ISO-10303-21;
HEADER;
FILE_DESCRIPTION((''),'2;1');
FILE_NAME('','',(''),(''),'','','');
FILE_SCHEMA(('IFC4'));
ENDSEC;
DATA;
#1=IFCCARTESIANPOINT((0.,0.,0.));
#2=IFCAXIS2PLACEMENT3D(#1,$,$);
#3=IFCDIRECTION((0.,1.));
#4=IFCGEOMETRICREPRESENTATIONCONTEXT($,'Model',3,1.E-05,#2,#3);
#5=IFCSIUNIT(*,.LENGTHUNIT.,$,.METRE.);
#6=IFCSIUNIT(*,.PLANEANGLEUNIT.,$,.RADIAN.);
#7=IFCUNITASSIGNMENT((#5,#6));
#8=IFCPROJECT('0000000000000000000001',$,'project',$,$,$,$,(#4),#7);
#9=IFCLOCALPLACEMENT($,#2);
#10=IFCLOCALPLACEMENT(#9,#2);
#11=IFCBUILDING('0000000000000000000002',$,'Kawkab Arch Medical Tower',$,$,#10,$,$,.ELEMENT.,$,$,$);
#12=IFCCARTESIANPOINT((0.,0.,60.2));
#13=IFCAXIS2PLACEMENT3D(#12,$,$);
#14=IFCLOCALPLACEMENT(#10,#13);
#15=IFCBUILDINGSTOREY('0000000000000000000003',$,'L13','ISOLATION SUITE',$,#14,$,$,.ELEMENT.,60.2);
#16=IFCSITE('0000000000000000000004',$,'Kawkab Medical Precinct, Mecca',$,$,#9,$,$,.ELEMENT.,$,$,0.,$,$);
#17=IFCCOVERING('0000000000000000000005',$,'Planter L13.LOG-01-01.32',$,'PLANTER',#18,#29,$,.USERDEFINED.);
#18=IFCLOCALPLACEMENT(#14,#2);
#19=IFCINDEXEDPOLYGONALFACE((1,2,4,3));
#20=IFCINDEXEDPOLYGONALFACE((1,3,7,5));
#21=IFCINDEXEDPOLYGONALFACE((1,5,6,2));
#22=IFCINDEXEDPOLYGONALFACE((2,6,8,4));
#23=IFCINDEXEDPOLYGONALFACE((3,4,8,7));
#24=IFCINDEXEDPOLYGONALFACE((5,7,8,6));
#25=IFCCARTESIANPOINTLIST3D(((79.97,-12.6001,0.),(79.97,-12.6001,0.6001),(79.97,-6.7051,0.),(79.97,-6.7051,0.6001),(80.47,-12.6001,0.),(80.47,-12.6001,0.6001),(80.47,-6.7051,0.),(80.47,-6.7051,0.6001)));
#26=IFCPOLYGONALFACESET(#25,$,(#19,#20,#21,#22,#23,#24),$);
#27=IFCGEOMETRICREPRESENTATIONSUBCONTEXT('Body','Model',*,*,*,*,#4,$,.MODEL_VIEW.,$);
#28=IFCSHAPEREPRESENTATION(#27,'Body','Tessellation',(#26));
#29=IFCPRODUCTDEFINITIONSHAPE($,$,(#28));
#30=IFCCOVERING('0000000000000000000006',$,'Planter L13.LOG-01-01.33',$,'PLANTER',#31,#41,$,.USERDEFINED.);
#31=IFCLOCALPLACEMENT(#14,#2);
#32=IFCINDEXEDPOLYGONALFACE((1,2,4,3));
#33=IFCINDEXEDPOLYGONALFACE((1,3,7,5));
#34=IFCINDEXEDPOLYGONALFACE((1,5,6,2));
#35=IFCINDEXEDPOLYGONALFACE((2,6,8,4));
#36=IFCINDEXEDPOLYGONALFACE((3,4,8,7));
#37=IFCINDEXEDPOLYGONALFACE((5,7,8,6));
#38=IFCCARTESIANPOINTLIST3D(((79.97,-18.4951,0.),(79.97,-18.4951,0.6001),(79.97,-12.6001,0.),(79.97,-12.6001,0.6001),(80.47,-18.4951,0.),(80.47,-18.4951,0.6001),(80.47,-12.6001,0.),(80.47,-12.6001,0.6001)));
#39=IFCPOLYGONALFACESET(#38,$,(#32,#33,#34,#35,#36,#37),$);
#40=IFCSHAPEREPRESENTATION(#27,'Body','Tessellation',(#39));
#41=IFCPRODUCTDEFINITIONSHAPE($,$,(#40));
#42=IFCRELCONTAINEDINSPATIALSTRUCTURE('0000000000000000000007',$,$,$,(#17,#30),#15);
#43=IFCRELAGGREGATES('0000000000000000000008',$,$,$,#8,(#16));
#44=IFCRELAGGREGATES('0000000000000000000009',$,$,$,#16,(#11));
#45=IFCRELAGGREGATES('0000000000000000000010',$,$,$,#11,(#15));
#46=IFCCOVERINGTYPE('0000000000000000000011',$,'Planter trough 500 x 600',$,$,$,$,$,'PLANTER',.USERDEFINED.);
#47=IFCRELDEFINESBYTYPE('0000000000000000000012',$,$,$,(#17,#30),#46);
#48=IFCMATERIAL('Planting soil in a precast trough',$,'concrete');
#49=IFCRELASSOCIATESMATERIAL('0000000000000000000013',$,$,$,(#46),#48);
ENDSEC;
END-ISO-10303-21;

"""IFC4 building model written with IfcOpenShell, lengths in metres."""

from ifc_helpers import new_model, si_unit, direction, frame, origin, origin_2d, place, context, subcontext, project, spatial, rectangle, extrude, material, material_profile, profile_set, type_object, element, save


model = new_model("IFC4")

# Units and contexts
model_context = context("Model", 3, precision=1e-05, world=origin(), true_north=direction((0.0, 1.0)))
body_context = subcontext(model_context, "Body", "Model", "MODEL_VIEW")
ifc_project = project(units=[si_unit("LENGTHUNIT", "METRE"), si_unit("PLANEANGLEUNIT", "RADIAN")], contexts=[model_context])

# Site, building, storey
site_placement = place(None, origin())
site = spatial("IfcSite", under=ifc_project, at=site_placement, Name="Kawkab Medical Precinct, Mecca", CompositionType="ELEMENT", RefElevation=0.0)
building_placement = place(site_placement, origin())
building = spatial("IfcBuilding", under=site, at=building_placement, Name="Kawkab Arch Medical Tower", CompositionType="ELEMENT")
storey_placement = place(building_placement, frame((0.0, 0.0, 60.2)))
storey = spatial("IfcBuildingStorey", under=building, at=storey_placement, Name="L13", Description="ISOLATION SUITE", CompositionType="ELEMENT", Elevation=60.2)

# Coverings
ifc_material_1 = material(Name="Planting soil in a precast trough", Category="concrete")
ifc_material_profile_1 = material_profile(ifc_material_1, rectangle(XDim=0.5, YDim=0.6001, at=origin_2d()), Name="Trough 500x600")
ifc_profile_set_1 = profile_set([ifc_material_profile_1], Name="Planting soil in a precast trough")
covering_type_1 = type_object("IfcCoveringType", Name="Planter trough 500 x 600", ElementType="PLANTER", PredefinedType="USERDEFINED", material=ifc_profile_set_1)
for number, where, z_axis, x_axis, name in (
    (1, (80.22, -6.7051, 0.3), (0.0, -1.0, 0.0), (1.0, 0.0, 0.0), "Planter L13.LOG-01-01.32"),
    (2, (80.22, -12.6001, 0.3), (0.0, -1.0, 0.0), (1.0, 0.0, 0.0), "Planter L13.LOG-01-01.33"),
):
    element("IfcCovering", number, at=place(storey_placement, frame(where, z_axis=z_axis, x_axis=x_axis)), inside=storey, type_object=covering_type_1, Name=name, ObjectType="PLANTER", PredefinedType="USERDEFINED", context=body_context, shape_type="SweptSolid", body=[
        extrude(rectangle(XDim=0.5, YDim=0.6001, at=origin_2d()), origin(), (0.0, 0.0, 1.0), 5.895),
    ])

save(model, "model.ifc")
